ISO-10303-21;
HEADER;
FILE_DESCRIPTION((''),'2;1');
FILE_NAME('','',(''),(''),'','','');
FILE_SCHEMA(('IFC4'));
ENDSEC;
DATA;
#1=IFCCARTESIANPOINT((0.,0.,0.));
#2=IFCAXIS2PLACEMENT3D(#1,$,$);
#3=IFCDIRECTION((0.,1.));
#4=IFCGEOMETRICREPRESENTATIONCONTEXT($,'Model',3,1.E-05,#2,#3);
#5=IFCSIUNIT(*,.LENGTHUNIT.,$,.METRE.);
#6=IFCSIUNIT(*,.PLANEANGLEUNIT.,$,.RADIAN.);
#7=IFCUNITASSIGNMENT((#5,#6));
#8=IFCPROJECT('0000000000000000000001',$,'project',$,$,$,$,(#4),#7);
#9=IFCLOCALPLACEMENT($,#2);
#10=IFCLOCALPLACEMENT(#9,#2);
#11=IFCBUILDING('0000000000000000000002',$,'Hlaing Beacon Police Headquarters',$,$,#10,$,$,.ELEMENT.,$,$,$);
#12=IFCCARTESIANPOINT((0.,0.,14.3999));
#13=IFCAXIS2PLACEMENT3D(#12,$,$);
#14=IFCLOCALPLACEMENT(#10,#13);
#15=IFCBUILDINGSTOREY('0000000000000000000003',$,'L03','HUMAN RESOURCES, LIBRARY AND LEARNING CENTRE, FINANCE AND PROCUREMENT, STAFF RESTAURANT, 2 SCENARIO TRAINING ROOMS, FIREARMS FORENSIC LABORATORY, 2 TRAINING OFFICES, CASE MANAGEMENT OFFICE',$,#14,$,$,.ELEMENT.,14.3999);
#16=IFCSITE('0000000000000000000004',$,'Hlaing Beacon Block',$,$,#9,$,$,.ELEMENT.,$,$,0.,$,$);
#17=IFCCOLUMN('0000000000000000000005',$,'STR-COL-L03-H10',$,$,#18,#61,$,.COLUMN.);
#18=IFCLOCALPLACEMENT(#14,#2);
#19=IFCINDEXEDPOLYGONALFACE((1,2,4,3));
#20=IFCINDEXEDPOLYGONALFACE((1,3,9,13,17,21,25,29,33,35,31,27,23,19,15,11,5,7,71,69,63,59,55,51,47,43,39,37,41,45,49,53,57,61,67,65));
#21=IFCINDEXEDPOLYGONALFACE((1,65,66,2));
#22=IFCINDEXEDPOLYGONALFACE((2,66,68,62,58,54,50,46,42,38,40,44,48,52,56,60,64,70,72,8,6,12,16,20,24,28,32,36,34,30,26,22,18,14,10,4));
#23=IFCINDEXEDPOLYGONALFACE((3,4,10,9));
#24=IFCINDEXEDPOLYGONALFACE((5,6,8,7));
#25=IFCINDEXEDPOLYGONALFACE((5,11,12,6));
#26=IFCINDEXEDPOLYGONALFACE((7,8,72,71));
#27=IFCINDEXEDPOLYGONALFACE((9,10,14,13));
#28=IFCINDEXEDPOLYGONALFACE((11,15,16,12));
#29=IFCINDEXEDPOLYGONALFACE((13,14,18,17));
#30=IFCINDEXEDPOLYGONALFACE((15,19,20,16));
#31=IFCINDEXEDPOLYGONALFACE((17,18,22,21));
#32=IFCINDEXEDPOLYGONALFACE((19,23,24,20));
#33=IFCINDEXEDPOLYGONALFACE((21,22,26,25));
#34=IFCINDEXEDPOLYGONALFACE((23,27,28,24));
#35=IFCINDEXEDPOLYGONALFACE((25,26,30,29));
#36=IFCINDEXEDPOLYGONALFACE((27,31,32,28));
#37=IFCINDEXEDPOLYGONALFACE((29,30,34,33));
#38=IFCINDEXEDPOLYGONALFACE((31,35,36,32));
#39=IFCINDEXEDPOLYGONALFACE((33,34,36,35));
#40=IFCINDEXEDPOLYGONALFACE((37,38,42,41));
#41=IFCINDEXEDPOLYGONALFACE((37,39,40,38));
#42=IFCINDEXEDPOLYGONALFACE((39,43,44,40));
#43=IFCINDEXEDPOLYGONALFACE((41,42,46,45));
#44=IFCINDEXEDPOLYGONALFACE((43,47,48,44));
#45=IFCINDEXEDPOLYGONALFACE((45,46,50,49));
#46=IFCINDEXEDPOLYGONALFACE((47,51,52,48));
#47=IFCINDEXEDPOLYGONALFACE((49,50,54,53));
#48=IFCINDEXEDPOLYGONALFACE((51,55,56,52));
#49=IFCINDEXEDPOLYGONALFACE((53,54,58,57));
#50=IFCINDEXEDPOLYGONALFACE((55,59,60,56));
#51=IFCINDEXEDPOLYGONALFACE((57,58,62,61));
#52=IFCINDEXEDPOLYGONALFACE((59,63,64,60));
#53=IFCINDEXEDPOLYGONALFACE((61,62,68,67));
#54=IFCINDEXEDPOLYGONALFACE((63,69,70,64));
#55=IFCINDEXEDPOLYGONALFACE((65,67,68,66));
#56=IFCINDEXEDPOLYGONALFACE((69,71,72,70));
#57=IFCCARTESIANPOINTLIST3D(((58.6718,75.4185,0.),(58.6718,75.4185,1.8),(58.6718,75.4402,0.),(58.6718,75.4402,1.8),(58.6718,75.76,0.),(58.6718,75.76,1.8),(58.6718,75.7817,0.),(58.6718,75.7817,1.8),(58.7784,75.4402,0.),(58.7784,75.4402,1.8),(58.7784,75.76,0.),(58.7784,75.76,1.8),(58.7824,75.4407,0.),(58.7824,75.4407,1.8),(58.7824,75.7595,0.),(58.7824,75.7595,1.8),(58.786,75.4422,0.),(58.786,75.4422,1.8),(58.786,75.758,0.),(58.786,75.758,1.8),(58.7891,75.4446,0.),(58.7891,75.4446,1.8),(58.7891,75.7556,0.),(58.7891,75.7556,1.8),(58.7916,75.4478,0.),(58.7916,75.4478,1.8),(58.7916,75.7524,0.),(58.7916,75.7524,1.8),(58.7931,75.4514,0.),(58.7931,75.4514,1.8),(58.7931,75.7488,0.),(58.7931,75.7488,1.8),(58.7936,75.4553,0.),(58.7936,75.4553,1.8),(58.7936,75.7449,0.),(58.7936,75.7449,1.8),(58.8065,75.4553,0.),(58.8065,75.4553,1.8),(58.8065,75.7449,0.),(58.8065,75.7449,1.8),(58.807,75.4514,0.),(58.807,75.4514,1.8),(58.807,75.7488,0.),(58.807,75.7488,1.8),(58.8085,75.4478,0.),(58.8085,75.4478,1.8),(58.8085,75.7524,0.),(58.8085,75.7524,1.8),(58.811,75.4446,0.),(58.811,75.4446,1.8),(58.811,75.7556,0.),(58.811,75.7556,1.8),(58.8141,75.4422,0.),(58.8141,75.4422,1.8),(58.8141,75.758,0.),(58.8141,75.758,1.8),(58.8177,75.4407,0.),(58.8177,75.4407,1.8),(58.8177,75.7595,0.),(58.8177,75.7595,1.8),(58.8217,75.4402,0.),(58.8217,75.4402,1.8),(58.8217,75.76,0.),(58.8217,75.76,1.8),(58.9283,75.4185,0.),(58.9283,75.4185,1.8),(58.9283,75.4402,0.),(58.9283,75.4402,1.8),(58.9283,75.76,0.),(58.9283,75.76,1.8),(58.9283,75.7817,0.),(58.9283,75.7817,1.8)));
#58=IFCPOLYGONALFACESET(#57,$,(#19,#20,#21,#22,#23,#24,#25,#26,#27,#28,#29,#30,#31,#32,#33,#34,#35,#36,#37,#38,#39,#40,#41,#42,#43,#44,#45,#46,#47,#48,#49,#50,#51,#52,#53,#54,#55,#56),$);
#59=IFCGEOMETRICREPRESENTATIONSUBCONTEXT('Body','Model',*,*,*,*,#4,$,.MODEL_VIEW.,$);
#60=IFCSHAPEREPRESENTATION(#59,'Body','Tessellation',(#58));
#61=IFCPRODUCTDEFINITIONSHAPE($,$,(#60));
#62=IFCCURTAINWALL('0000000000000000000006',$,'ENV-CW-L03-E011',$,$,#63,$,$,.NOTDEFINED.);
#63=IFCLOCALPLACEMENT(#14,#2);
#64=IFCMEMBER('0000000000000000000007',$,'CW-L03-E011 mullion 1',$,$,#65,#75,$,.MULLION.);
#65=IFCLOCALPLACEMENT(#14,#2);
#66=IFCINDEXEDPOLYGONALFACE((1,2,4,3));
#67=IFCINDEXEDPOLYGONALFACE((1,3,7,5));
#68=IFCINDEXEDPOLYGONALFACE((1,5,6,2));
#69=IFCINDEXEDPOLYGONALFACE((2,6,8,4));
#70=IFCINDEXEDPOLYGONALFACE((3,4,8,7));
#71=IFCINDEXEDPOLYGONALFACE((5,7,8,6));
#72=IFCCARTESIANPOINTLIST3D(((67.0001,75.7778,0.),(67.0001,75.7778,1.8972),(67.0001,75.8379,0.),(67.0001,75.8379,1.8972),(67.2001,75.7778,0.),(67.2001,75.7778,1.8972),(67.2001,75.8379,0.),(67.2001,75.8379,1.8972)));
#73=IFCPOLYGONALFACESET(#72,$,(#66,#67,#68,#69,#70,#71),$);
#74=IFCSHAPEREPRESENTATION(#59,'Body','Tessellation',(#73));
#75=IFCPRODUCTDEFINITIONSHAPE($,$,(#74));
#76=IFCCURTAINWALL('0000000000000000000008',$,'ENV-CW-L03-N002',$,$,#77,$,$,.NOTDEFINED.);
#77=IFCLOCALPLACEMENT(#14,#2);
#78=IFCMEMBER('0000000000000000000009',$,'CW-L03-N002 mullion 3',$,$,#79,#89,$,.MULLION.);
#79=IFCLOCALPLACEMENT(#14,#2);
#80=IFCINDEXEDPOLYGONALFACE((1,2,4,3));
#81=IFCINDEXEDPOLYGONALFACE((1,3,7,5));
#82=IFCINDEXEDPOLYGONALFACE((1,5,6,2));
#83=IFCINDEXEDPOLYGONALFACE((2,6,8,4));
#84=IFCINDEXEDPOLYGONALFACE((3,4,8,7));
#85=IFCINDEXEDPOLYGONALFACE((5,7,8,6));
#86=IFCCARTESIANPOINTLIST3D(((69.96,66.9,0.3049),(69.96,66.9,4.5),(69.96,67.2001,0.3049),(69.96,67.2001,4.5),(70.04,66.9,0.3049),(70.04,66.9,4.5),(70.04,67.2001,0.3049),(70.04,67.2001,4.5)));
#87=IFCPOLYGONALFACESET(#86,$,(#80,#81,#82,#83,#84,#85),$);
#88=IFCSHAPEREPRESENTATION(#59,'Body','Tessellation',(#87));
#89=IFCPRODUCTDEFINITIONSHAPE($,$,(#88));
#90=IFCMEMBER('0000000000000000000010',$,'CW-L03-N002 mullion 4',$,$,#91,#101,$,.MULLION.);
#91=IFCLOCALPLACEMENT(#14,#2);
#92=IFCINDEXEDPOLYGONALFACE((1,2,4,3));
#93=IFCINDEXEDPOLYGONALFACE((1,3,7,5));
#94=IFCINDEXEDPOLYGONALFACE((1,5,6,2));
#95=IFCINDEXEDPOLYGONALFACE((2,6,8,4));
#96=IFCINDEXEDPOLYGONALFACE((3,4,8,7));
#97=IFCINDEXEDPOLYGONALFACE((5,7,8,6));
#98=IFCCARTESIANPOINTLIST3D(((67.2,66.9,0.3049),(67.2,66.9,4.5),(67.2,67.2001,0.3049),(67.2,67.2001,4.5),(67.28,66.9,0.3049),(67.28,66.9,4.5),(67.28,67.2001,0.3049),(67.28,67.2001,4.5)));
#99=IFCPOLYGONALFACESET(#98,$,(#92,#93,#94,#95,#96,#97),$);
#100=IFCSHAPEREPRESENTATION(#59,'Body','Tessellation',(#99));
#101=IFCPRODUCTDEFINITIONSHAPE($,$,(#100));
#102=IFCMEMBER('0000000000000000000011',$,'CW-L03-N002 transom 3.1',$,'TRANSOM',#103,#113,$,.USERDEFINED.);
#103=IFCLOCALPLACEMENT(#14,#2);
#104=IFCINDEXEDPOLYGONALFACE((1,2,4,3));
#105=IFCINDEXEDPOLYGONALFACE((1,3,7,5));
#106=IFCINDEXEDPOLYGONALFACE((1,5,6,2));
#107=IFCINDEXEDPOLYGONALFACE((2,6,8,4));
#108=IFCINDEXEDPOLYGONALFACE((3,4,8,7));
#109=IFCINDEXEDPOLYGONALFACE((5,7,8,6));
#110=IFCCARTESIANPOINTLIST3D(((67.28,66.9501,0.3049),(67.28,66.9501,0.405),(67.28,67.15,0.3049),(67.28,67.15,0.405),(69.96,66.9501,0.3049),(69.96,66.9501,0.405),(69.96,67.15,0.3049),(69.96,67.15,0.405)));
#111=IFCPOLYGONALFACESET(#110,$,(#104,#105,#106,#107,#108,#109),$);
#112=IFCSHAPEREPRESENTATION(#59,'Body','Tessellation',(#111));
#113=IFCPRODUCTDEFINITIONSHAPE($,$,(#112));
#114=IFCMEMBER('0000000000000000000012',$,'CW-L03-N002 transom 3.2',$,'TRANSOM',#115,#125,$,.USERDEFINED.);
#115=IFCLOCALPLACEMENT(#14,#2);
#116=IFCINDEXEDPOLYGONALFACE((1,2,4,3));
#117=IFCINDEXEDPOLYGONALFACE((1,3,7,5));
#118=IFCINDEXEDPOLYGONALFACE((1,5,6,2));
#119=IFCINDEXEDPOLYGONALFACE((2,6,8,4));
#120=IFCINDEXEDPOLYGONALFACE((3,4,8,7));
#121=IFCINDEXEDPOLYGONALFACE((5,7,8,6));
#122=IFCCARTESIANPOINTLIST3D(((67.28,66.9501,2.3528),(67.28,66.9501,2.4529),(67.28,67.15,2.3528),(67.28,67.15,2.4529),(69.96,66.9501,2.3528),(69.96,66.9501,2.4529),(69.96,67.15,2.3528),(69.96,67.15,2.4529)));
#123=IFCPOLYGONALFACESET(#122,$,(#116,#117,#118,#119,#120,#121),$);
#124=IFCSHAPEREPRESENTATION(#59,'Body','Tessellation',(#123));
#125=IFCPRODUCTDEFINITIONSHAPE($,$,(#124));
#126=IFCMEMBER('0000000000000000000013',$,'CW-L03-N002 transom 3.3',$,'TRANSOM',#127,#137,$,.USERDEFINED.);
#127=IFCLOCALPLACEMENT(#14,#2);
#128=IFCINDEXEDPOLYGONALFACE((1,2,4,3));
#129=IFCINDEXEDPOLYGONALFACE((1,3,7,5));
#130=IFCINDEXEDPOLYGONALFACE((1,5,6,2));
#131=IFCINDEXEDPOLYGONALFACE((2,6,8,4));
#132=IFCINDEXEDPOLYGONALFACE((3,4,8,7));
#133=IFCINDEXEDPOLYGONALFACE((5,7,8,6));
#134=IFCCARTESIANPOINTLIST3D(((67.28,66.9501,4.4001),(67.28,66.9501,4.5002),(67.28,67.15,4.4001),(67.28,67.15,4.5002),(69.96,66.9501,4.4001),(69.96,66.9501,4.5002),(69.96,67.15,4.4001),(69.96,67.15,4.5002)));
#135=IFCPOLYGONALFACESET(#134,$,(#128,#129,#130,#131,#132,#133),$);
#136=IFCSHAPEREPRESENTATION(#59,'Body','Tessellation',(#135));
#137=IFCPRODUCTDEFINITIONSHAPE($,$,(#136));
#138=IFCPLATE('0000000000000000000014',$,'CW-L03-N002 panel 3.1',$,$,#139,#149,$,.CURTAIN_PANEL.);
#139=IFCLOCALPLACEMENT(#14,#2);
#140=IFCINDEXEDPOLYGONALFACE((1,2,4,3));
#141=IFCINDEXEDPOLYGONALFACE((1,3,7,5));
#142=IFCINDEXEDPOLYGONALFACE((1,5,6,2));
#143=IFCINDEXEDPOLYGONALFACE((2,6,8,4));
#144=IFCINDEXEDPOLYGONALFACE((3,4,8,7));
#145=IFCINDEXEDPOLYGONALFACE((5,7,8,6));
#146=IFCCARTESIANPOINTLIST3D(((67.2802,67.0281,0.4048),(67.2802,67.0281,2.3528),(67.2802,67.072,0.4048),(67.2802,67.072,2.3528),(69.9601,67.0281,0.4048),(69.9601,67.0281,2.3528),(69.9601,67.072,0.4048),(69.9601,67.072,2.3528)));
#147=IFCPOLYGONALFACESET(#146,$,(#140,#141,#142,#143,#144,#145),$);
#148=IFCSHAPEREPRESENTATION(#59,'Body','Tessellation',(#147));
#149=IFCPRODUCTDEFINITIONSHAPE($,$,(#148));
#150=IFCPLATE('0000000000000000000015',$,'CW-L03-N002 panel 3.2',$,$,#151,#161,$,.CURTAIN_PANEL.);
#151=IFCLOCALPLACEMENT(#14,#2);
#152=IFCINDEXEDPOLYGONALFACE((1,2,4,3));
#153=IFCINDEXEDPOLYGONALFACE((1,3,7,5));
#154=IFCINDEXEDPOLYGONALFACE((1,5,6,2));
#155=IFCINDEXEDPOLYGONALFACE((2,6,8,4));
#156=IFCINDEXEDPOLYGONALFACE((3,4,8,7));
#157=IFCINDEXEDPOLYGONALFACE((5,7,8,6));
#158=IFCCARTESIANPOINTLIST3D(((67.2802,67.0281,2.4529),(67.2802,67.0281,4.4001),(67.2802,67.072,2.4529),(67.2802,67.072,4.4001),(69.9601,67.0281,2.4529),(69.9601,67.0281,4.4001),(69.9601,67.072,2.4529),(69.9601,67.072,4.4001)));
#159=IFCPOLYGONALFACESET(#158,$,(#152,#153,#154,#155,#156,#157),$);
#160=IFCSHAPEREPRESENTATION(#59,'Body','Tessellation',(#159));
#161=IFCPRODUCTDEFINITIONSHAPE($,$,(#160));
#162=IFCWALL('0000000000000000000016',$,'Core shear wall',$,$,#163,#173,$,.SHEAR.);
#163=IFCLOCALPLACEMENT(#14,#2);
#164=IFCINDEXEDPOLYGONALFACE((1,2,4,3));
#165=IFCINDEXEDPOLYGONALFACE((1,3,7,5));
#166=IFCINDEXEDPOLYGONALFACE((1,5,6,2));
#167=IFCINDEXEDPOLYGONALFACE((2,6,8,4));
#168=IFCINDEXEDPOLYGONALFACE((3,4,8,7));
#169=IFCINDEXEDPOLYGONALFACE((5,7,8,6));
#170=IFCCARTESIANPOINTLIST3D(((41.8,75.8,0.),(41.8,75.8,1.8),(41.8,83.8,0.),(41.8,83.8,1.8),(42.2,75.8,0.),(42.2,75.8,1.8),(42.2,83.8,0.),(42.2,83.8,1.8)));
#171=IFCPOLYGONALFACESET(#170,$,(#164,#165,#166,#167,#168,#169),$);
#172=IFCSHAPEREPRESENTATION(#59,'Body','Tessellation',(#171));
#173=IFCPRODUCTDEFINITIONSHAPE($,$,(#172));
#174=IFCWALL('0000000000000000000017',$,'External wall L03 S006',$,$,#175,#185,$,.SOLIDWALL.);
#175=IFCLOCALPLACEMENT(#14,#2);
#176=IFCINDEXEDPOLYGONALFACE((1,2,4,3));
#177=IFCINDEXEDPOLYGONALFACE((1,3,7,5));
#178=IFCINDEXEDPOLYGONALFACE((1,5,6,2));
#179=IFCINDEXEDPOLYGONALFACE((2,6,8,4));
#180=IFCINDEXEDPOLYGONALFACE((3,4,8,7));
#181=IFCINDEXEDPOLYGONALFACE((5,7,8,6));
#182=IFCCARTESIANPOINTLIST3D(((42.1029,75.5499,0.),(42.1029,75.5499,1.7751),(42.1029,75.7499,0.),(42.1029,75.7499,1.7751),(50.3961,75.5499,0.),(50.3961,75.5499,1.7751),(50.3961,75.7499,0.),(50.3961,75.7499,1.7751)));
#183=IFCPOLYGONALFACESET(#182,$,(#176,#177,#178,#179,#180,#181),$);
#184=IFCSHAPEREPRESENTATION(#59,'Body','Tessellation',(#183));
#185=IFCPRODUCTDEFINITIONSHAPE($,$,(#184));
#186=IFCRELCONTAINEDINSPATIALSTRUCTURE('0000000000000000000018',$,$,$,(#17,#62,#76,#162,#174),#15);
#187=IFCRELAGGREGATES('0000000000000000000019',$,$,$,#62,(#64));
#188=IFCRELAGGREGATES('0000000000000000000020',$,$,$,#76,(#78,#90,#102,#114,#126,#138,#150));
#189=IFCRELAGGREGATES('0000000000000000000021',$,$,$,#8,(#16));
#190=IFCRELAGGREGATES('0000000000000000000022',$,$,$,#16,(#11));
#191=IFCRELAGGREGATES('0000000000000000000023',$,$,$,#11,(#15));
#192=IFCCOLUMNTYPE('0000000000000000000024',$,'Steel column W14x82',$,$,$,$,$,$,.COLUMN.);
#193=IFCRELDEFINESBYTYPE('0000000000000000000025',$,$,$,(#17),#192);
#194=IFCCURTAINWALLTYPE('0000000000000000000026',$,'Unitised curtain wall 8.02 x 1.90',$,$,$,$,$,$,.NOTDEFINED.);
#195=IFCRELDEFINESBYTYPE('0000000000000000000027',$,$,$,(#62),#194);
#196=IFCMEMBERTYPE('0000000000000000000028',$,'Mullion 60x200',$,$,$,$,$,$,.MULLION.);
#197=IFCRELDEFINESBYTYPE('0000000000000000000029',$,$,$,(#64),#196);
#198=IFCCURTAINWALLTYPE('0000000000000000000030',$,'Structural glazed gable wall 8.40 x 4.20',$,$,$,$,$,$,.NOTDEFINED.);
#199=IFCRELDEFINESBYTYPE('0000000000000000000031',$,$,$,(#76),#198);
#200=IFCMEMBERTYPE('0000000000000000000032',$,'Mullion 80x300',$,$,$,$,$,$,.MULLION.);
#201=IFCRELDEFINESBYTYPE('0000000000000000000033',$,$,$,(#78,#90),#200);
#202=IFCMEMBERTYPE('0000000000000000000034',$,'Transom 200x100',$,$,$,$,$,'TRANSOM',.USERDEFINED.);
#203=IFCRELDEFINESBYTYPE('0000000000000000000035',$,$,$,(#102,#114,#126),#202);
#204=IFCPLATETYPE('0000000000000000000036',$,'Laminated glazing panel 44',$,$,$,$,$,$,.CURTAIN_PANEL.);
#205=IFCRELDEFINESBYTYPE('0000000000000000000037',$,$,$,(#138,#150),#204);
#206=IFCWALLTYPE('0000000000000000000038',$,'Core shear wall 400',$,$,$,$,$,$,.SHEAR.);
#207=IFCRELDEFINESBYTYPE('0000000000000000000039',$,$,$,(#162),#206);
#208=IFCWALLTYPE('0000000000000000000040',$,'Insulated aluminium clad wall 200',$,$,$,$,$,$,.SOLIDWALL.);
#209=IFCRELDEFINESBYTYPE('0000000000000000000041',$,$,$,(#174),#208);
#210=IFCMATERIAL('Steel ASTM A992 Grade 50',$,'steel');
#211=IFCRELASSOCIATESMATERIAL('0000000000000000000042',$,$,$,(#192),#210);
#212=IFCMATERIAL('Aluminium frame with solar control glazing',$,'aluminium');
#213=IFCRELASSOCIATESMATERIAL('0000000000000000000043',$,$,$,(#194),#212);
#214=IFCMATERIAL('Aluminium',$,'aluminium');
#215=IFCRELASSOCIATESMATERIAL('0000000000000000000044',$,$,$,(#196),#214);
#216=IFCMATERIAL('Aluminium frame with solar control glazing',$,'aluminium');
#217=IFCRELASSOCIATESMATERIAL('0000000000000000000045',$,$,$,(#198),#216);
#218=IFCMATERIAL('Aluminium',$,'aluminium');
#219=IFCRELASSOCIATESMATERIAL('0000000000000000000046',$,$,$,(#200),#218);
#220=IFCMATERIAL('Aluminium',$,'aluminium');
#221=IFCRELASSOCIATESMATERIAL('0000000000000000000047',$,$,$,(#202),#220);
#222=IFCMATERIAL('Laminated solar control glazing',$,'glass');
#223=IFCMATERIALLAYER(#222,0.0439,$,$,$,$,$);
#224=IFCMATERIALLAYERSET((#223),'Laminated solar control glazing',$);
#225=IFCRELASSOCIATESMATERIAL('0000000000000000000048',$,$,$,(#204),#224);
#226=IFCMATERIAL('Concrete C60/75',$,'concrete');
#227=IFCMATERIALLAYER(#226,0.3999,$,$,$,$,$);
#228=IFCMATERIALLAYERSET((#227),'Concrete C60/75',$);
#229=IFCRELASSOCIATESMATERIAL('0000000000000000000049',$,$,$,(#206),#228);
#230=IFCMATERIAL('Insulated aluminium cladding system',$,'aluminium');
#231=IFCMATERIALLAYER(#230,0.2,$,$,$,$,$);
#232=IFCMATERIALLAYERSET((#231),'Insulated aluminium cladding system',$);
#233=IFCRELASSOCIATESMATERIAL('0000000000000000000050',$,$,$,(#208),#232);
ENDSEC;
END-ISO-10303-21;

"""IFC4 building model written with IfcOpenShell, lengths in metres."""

from ifc_helpers import new_model, si_unit, direction, frame, frame_2d, origin, origin_2d, place, context, subcontext, project, spatial, rectangle, i_section, extrude, material, layer, layer_set, material_profile, profile_set, type_object, element, aggregate, save


model = new_model("IFC4")

# Units and contexts
model_context = context("Model", 3, precision=1e-05, world=origin(), true_north=direction((0.0, 1.0)))
body_context = subcontext(model_context, "Body", "Model", "MODEL_VIEW")
ifc_project = project(units=[si_unit("LENGTHUNIT", "METRE"), si_unit("PLANEANGLEUNIT", "RADIAN")], contexts=[model_context])

# Site, building, storey
site_placement = place(None, origin())
site = spatial("IfcSite", under=ifc_project, at=site_placement, Name="Hlaing Beacon Block", CompositionType="ELEMENT", RefElevation=0.0)
building_placement = place(site_placement, origin())
building = spatial("IfcBuilding", under=site, at=building_placement, Name="Hlaing Beacon Police Headquarters", CompositionType="ELEMENT")
storey_placement = place(building_placement, frame((0.0, 0.0, 14.3999)))
storey = spatial("IfcBuildingStorey", under=building, at=storey_placement, Name="L03", Description="HUMAN RESOURCES, LIBRARY AND LEARNING CENTRE, FINANCE AND PROCUREMENT, STAFF RESTAURANT, 2 SCENARIO TRAINING ROOMS, FIREARMS FORENSIC LABORATORY, 2 TRAINING OFFICES, CASE MANAGEMENT OFFICE", CompositionType="ELEMENT", Elevation=14.3999)

# Column
ifc_material_1 = material(Name="Steel ASTM A992 Grade 50", Category="steel")
ifc_material_profile_1 = material_profile(ifc_material_1, i_section(OverallWidth=0.2566, OverallDepth=0.3633, WebThickness=0.0129, FlangeThickness=0.0217, FilletRadius=0.0151, at=origin_2d()), Name="W14x82")
ifc_profile_set_1 = profile_set([ifc_material_profile_1], Name="Steel ASTM A992 Grade 50")
column_type_1 = type_object("IfcColumnType", Name="Steel column W14x82", PredefinedType="COLUMN", material=ifc_profile_set_1)
for number, where, z_axis, x_axis, name in (
    (1, (58.8, 75.6001, 0.0), (0.0, 0.0, 1.0), (1.0, 0.0, 0.0), "STR-COL-L03-H10"),
):
    element("IfcColumn", number, at=place(storey_placement, frame(where, z_axis=z_axis, x_axis=x_axis)), inside=storey, type_object=column_type_1, Name=name, PredefinedType="COLUMN", context=body_context, shape_type="SweptSolid", body=[
        extrude(i_section(OverallWidth=0.2566, OverallDepth=0.3633, WebThickness=0.0129, FlangeThickness=0.0217, FilletRadius=0.0151, at=origin_2d()), origin(), (0.0, 0.0, 1.0), 1.8),
    ])

# Curtain wall, member
ifc_material_2 = material(Name="Aluminium frame with solar control glazing", Category="aluminium")
curtain_wall_type_1 = type_object("IfcCurtainWallType", Name="Unitised curtain wall 8.02 x 1.90", PredefinedType="NOTDEFINED", material=ifc_material_2)
curtain_wall_1_placement = place(storey_placement, origin())
curtain_wall_1 = element("IfcCurtainWall", 2, at=curtain_wall_1_placement, inside=storey, type_object=curtain_wall_type_1, Name="ENV-CW-L03-E011", PredefinedType="NOTDEFINED")
ifc_material_3 = material(Name="Aluminium", Category="aluminium")
ifc_material_profile_2 = material_profile(ifc_material_3, rectangle(XDim=0.2, YDim=0.0601, at=origin_2d()), Name="Mullion 60x200")
ifc_profile_set_2 = profile_set([ifc_material_profile_2], Name="Aluminium")
member_type_1 = type_object("IfcMemberType", Name="Mullion 60x200", PredefinedType="MULLION", material=ifc_profile_set_2)
member_1_placement = place(storey_placement, frame((67.1001, 75.8079, 0.0), z_axis=(0.0, 0.0, 1.0), x_axis=(-1.0, 0.0, 0.0)))
member_1 = element("IfcMember", 3, at=member_1_placement, type_object=member_type_1, Name="CW-L03-E011 mullion 1", PredefinedType="MULLION", context=body_context, shape_type="SweptSolid", body=[
    extrude(rectangle(XDim=0.2, YDim=0.0601, at=origin_2d()), origin(), (0.0, 0.0, 1.0), 1.8972),
])
aggregate(curtain_wall_1, [member_1])

# Curtain wall, members, plates
ifc_material_4 = material(Name="Aluminium frame with solar control glazing", Category="aluminium")
curtain_wall_type_2 = type_object("IfcCurtainWallType", Name="Structural glazed gable wall 8.40 x 4.20", PredefinedType="NOTDEFINED", material=ifc_material_4)
curtain_wall_2_placement = place(storey_placement, origin())
curtain_wall_2 = element("IfcCurtainWall", 4, at=curtain_wall_2_placement, inside=storey, type_object=curtain_wall_type_2, Name="ENV-CW-L03-N002", PredefinedType="NOTDEFINED")
ifc_material_5 = material(Name="Aluminium", Category="aluminium")
ifc_material_profile_3 = material_profile(ifc_material_5, rectangle(XDim=0.3, YDim=0.0801, at=origin_2d()), Name="Mullion 80x300")
ifc_profile_set_3 = profile_set([ifc_material_profile_3], Name="Aluminium")
member_type_2 = type_object("IfcMemberType", Name="Mullion 80x300", PredefinedType="MULLION", material=ifc_profile_set_3)
member_2_placement = place(storey_placement, frame((70.0, 67.05, 0.3049), z_axis=(0.0, 0.0, 1.0), x_axis=(0.0, -1.0, 0.0)))
member_2 = element("IfcMember", 5, at=member_2_placement, type_object=member_type_2, Name="CW-L03-N002 mullion 3", PredefinedType="MULLION", context=body_context, shape_type="SweptSolid", body=[
    extrude(rectangle(XDim=0.3, YDim=0.0801, at=origin_2d()), origin(), (0.0, 0.0, 1.0), 4.1951),
])
member_3_placement = place(storey_placement, frame((67.24, 67.05, 0.3049), z_axis=(0.0, 0.0, 1.0), x_axis=(0.0, -1.0, 0.0)))
member_3 = element("IfcMember", 6, at=member_3_placement, type_object=member_type_2, Name="CW-L03-N002 mullion 4", PredefinedType="MULLION", context=body_context, shape_type="SweptSolid", body=[
    extrude(rectangle(XDim=0.3, YDim=0.0801, at=origin_2d()), origin(), (0.0, 0.0, 1.0), 4.1951),
])
ifc_material_6 = material(Name="Aluminium", Category="aluminium")
ifc_material_profile_4 = material_profile(ifc_material_6, rectangle(XDim=0.2, YDim=0.1001, at=origin_2d()), Name="Transom 200x100")
ifc_profile_set_4 = profile_set([ifc_material_profile_4], Name="Aluminium")
member_type_3 = type_object("IfcMemberType", Name="Transom 200x100", ElementType="TRANSOM", PredefinedType="USERDEFINED", material=ifc_profile_set_4)
member_4_placement = place(storey_placement, frame((69.96, 67.05, 0.355), z_axis=(-1.0, 0.0, 0.0), x_axis=(0.0, -1.0, 0.0)))
member_4 = element("IfcMember", 7, at=member_4_placement, type_object=member_type_3, Name="CW-L03-N002 transom 3.1", ObjectType="TRANSOM", PredefinedType="USERDEFINED", context=body_context, shape_type="SweptSolid", body=[
    extrude(rectangle(XDim=0.2, YDim=0.1001, at=origin_2d()), origin(), (0.0, 0.0, 1.0), 2.6799),
])
member_5_placement = place(storey_placement, frame((69.96, 67.05, 2.4028), z_axis=(-1.0, 0.0, 0.0), x_axis=(0.0, -1.0, 0.0)))
member_5 = element("IfcMember", 8, at=member_5_placement, type_object=member_type_3, Name="CW-L03-N002 transom 3.2", ObjectType="TRANSOM", PredefinedType="USERDEFINED", context=body_context, shape_type="SweptSolid", body=[
    extrude(rectangle(XDim=0.2, YDim=0.1001, at=origin_2d()), origin(), (0.0, 0.0, 1.0), 2.6799),
])
member_6_placement = place(storey_placement, frame((69.96, 67.05, 4.4502), z_axis=(-1.0, 0.0, 0.0), x_axis=(0.0, -1.0, 0.0)))
member_6 = element("IfcMember", 9, at=member_6_placement, type_object=member_type_3, Name="CW-L03-N002 transom 3.3", ObjectType="TRANSOM", PredefinedType="USERDEFINED", context=body_context, shape_type="SweptSolid", body=[
    extrude(rectangle(XDim=0.2, YDim=0.1001, at=origin_2d()), origin(), (0.0, 0.0, 1.0), 2.6799),
])
ifc_material_7 = material(Name="Laminated solar control glazing", Category="glass")
ifc_layer_1 = layer(ifc_material_7, 0.0439)
ifc_layer_set_1 = layer_set([ifc_layer_1], Name="Laminated solar control glazing")
plate_type = type_object("IfcPlateType", Name="Laminated glazing panel 44", PredefinedType="CURTAIN_PANEL", material=ifc_layer_set_1)
plate_1_placement = place(storey_placement, frame((68.6201, 67.05, 0.4048), z_axis=(0.0, 0.0, 1.0), x_axis=(-1.0, 0.0, 0.0)))
plate_1 = element("IfcPlate", 10, at=plate_1_placement, type_object=plate_type, Name="CW-L03-N002 panel 3.1", PredefinedType="CURTAIN_PANEL", context=body_context, shape_type="SweptSolid", body=[
    extrude(rectangle(XDim=2.6799, YDim=0.0439, at=origin_2d()), origin(), (0.0, 0.0, 1.0), 1.948),
])
plate_2_placement = place(storey_placement, frame((68.6201, 67.05, 2.4529), z_axis=(0.0, 0.0, 1.0), x_axis=(-1.0, 0.0, 0.0)))
plate_2 = element("IfcPlate", 11, at=plate_2_placement, type_object=plate_type, Name="CW-L03-N002 panel 3.2", PredefinedType="CURTAIN_PANEL", context=body_context, shape_type="SweptSolid", body=[
    extrude(rectangle(XDim=2.6799, YDim=0.0439, at=origin_2d()), origin(), (0.0, 0.0, 1.0), 1.9473),
])
aggregate(curtain_wall_2, [member_2, member_3, member_4, member_5, member_6, plate_1, plate_2])

# Walls
ifc_material_8 = material(Name="Concrete C60/75", Category="concrete")
ifc_layer_2 = layer(ifc_material_8, 0.3999)
ifc_layer_set_2 = layer_set([ifc_layer_2], Name="Concrete C60/75")
wall_type_1 = type_object("IfcWallType", Name="Core shear wall 400", PredefinedType="SHEAR", material=ifc_layer_set_2)
wall_1_placement = place(storey_placement, frame((42.0, 75.8, 0.0), z_axis=(0.0, 0.0, 1.0), x_axis=(0.0, 1.0, 0.0)))
element("IfcWall", 12, at=wall_1_placement, inside=storey, type_object=wall_type_1, Name="Core shear wall", PredefinedType="SHEAR", context=body_context, shape_type="SweptSolid", body=[
    extrude(rectangle(XDim=8.0, YDim=0.3999, at=frame_2d((4.0, 0.0))), origin(), (0.0, 0.0, 1.0), 1.8),
])
ifc_material_9 = material(Name="Insulated aluminium cladding system", Category="aluminium")
ifc_layer_3 = layer(ifc_material_9, 0.2)
ifc_layer_set_3 = layer_set([ifc_layer_3], Name="Insulated aluminium cladding system")
wall_type_2 = type_object("IfcWallType", Name="Insulated aluminium clad wall 200", PredefinedType="SOLIDWALL", material=ifc_layer_set_3)
wall_2_placement = place(storey_placement, frame((42.103, 75.6499, 0.0), z_axis=(0.0, 0.0, 1.0), x_axis=(1.0, 0.0, 0.0)))
element("IfcWall", 13, at=wall_2_placement, inside=storey, type_object=wall_type_2, Name="External wall L03 S006", PredefinedType="SOLIDWALL", context=body_context, shape_type="SweptSolid", body=[
    extrude(rectangle(XDim=8.2932, YDim=0.2, at=frame_2d((4.1465, 0.0))), origin(), (0.0, 0.0, 1.0), 1.7751),
])

save(model, "model.ifc")
